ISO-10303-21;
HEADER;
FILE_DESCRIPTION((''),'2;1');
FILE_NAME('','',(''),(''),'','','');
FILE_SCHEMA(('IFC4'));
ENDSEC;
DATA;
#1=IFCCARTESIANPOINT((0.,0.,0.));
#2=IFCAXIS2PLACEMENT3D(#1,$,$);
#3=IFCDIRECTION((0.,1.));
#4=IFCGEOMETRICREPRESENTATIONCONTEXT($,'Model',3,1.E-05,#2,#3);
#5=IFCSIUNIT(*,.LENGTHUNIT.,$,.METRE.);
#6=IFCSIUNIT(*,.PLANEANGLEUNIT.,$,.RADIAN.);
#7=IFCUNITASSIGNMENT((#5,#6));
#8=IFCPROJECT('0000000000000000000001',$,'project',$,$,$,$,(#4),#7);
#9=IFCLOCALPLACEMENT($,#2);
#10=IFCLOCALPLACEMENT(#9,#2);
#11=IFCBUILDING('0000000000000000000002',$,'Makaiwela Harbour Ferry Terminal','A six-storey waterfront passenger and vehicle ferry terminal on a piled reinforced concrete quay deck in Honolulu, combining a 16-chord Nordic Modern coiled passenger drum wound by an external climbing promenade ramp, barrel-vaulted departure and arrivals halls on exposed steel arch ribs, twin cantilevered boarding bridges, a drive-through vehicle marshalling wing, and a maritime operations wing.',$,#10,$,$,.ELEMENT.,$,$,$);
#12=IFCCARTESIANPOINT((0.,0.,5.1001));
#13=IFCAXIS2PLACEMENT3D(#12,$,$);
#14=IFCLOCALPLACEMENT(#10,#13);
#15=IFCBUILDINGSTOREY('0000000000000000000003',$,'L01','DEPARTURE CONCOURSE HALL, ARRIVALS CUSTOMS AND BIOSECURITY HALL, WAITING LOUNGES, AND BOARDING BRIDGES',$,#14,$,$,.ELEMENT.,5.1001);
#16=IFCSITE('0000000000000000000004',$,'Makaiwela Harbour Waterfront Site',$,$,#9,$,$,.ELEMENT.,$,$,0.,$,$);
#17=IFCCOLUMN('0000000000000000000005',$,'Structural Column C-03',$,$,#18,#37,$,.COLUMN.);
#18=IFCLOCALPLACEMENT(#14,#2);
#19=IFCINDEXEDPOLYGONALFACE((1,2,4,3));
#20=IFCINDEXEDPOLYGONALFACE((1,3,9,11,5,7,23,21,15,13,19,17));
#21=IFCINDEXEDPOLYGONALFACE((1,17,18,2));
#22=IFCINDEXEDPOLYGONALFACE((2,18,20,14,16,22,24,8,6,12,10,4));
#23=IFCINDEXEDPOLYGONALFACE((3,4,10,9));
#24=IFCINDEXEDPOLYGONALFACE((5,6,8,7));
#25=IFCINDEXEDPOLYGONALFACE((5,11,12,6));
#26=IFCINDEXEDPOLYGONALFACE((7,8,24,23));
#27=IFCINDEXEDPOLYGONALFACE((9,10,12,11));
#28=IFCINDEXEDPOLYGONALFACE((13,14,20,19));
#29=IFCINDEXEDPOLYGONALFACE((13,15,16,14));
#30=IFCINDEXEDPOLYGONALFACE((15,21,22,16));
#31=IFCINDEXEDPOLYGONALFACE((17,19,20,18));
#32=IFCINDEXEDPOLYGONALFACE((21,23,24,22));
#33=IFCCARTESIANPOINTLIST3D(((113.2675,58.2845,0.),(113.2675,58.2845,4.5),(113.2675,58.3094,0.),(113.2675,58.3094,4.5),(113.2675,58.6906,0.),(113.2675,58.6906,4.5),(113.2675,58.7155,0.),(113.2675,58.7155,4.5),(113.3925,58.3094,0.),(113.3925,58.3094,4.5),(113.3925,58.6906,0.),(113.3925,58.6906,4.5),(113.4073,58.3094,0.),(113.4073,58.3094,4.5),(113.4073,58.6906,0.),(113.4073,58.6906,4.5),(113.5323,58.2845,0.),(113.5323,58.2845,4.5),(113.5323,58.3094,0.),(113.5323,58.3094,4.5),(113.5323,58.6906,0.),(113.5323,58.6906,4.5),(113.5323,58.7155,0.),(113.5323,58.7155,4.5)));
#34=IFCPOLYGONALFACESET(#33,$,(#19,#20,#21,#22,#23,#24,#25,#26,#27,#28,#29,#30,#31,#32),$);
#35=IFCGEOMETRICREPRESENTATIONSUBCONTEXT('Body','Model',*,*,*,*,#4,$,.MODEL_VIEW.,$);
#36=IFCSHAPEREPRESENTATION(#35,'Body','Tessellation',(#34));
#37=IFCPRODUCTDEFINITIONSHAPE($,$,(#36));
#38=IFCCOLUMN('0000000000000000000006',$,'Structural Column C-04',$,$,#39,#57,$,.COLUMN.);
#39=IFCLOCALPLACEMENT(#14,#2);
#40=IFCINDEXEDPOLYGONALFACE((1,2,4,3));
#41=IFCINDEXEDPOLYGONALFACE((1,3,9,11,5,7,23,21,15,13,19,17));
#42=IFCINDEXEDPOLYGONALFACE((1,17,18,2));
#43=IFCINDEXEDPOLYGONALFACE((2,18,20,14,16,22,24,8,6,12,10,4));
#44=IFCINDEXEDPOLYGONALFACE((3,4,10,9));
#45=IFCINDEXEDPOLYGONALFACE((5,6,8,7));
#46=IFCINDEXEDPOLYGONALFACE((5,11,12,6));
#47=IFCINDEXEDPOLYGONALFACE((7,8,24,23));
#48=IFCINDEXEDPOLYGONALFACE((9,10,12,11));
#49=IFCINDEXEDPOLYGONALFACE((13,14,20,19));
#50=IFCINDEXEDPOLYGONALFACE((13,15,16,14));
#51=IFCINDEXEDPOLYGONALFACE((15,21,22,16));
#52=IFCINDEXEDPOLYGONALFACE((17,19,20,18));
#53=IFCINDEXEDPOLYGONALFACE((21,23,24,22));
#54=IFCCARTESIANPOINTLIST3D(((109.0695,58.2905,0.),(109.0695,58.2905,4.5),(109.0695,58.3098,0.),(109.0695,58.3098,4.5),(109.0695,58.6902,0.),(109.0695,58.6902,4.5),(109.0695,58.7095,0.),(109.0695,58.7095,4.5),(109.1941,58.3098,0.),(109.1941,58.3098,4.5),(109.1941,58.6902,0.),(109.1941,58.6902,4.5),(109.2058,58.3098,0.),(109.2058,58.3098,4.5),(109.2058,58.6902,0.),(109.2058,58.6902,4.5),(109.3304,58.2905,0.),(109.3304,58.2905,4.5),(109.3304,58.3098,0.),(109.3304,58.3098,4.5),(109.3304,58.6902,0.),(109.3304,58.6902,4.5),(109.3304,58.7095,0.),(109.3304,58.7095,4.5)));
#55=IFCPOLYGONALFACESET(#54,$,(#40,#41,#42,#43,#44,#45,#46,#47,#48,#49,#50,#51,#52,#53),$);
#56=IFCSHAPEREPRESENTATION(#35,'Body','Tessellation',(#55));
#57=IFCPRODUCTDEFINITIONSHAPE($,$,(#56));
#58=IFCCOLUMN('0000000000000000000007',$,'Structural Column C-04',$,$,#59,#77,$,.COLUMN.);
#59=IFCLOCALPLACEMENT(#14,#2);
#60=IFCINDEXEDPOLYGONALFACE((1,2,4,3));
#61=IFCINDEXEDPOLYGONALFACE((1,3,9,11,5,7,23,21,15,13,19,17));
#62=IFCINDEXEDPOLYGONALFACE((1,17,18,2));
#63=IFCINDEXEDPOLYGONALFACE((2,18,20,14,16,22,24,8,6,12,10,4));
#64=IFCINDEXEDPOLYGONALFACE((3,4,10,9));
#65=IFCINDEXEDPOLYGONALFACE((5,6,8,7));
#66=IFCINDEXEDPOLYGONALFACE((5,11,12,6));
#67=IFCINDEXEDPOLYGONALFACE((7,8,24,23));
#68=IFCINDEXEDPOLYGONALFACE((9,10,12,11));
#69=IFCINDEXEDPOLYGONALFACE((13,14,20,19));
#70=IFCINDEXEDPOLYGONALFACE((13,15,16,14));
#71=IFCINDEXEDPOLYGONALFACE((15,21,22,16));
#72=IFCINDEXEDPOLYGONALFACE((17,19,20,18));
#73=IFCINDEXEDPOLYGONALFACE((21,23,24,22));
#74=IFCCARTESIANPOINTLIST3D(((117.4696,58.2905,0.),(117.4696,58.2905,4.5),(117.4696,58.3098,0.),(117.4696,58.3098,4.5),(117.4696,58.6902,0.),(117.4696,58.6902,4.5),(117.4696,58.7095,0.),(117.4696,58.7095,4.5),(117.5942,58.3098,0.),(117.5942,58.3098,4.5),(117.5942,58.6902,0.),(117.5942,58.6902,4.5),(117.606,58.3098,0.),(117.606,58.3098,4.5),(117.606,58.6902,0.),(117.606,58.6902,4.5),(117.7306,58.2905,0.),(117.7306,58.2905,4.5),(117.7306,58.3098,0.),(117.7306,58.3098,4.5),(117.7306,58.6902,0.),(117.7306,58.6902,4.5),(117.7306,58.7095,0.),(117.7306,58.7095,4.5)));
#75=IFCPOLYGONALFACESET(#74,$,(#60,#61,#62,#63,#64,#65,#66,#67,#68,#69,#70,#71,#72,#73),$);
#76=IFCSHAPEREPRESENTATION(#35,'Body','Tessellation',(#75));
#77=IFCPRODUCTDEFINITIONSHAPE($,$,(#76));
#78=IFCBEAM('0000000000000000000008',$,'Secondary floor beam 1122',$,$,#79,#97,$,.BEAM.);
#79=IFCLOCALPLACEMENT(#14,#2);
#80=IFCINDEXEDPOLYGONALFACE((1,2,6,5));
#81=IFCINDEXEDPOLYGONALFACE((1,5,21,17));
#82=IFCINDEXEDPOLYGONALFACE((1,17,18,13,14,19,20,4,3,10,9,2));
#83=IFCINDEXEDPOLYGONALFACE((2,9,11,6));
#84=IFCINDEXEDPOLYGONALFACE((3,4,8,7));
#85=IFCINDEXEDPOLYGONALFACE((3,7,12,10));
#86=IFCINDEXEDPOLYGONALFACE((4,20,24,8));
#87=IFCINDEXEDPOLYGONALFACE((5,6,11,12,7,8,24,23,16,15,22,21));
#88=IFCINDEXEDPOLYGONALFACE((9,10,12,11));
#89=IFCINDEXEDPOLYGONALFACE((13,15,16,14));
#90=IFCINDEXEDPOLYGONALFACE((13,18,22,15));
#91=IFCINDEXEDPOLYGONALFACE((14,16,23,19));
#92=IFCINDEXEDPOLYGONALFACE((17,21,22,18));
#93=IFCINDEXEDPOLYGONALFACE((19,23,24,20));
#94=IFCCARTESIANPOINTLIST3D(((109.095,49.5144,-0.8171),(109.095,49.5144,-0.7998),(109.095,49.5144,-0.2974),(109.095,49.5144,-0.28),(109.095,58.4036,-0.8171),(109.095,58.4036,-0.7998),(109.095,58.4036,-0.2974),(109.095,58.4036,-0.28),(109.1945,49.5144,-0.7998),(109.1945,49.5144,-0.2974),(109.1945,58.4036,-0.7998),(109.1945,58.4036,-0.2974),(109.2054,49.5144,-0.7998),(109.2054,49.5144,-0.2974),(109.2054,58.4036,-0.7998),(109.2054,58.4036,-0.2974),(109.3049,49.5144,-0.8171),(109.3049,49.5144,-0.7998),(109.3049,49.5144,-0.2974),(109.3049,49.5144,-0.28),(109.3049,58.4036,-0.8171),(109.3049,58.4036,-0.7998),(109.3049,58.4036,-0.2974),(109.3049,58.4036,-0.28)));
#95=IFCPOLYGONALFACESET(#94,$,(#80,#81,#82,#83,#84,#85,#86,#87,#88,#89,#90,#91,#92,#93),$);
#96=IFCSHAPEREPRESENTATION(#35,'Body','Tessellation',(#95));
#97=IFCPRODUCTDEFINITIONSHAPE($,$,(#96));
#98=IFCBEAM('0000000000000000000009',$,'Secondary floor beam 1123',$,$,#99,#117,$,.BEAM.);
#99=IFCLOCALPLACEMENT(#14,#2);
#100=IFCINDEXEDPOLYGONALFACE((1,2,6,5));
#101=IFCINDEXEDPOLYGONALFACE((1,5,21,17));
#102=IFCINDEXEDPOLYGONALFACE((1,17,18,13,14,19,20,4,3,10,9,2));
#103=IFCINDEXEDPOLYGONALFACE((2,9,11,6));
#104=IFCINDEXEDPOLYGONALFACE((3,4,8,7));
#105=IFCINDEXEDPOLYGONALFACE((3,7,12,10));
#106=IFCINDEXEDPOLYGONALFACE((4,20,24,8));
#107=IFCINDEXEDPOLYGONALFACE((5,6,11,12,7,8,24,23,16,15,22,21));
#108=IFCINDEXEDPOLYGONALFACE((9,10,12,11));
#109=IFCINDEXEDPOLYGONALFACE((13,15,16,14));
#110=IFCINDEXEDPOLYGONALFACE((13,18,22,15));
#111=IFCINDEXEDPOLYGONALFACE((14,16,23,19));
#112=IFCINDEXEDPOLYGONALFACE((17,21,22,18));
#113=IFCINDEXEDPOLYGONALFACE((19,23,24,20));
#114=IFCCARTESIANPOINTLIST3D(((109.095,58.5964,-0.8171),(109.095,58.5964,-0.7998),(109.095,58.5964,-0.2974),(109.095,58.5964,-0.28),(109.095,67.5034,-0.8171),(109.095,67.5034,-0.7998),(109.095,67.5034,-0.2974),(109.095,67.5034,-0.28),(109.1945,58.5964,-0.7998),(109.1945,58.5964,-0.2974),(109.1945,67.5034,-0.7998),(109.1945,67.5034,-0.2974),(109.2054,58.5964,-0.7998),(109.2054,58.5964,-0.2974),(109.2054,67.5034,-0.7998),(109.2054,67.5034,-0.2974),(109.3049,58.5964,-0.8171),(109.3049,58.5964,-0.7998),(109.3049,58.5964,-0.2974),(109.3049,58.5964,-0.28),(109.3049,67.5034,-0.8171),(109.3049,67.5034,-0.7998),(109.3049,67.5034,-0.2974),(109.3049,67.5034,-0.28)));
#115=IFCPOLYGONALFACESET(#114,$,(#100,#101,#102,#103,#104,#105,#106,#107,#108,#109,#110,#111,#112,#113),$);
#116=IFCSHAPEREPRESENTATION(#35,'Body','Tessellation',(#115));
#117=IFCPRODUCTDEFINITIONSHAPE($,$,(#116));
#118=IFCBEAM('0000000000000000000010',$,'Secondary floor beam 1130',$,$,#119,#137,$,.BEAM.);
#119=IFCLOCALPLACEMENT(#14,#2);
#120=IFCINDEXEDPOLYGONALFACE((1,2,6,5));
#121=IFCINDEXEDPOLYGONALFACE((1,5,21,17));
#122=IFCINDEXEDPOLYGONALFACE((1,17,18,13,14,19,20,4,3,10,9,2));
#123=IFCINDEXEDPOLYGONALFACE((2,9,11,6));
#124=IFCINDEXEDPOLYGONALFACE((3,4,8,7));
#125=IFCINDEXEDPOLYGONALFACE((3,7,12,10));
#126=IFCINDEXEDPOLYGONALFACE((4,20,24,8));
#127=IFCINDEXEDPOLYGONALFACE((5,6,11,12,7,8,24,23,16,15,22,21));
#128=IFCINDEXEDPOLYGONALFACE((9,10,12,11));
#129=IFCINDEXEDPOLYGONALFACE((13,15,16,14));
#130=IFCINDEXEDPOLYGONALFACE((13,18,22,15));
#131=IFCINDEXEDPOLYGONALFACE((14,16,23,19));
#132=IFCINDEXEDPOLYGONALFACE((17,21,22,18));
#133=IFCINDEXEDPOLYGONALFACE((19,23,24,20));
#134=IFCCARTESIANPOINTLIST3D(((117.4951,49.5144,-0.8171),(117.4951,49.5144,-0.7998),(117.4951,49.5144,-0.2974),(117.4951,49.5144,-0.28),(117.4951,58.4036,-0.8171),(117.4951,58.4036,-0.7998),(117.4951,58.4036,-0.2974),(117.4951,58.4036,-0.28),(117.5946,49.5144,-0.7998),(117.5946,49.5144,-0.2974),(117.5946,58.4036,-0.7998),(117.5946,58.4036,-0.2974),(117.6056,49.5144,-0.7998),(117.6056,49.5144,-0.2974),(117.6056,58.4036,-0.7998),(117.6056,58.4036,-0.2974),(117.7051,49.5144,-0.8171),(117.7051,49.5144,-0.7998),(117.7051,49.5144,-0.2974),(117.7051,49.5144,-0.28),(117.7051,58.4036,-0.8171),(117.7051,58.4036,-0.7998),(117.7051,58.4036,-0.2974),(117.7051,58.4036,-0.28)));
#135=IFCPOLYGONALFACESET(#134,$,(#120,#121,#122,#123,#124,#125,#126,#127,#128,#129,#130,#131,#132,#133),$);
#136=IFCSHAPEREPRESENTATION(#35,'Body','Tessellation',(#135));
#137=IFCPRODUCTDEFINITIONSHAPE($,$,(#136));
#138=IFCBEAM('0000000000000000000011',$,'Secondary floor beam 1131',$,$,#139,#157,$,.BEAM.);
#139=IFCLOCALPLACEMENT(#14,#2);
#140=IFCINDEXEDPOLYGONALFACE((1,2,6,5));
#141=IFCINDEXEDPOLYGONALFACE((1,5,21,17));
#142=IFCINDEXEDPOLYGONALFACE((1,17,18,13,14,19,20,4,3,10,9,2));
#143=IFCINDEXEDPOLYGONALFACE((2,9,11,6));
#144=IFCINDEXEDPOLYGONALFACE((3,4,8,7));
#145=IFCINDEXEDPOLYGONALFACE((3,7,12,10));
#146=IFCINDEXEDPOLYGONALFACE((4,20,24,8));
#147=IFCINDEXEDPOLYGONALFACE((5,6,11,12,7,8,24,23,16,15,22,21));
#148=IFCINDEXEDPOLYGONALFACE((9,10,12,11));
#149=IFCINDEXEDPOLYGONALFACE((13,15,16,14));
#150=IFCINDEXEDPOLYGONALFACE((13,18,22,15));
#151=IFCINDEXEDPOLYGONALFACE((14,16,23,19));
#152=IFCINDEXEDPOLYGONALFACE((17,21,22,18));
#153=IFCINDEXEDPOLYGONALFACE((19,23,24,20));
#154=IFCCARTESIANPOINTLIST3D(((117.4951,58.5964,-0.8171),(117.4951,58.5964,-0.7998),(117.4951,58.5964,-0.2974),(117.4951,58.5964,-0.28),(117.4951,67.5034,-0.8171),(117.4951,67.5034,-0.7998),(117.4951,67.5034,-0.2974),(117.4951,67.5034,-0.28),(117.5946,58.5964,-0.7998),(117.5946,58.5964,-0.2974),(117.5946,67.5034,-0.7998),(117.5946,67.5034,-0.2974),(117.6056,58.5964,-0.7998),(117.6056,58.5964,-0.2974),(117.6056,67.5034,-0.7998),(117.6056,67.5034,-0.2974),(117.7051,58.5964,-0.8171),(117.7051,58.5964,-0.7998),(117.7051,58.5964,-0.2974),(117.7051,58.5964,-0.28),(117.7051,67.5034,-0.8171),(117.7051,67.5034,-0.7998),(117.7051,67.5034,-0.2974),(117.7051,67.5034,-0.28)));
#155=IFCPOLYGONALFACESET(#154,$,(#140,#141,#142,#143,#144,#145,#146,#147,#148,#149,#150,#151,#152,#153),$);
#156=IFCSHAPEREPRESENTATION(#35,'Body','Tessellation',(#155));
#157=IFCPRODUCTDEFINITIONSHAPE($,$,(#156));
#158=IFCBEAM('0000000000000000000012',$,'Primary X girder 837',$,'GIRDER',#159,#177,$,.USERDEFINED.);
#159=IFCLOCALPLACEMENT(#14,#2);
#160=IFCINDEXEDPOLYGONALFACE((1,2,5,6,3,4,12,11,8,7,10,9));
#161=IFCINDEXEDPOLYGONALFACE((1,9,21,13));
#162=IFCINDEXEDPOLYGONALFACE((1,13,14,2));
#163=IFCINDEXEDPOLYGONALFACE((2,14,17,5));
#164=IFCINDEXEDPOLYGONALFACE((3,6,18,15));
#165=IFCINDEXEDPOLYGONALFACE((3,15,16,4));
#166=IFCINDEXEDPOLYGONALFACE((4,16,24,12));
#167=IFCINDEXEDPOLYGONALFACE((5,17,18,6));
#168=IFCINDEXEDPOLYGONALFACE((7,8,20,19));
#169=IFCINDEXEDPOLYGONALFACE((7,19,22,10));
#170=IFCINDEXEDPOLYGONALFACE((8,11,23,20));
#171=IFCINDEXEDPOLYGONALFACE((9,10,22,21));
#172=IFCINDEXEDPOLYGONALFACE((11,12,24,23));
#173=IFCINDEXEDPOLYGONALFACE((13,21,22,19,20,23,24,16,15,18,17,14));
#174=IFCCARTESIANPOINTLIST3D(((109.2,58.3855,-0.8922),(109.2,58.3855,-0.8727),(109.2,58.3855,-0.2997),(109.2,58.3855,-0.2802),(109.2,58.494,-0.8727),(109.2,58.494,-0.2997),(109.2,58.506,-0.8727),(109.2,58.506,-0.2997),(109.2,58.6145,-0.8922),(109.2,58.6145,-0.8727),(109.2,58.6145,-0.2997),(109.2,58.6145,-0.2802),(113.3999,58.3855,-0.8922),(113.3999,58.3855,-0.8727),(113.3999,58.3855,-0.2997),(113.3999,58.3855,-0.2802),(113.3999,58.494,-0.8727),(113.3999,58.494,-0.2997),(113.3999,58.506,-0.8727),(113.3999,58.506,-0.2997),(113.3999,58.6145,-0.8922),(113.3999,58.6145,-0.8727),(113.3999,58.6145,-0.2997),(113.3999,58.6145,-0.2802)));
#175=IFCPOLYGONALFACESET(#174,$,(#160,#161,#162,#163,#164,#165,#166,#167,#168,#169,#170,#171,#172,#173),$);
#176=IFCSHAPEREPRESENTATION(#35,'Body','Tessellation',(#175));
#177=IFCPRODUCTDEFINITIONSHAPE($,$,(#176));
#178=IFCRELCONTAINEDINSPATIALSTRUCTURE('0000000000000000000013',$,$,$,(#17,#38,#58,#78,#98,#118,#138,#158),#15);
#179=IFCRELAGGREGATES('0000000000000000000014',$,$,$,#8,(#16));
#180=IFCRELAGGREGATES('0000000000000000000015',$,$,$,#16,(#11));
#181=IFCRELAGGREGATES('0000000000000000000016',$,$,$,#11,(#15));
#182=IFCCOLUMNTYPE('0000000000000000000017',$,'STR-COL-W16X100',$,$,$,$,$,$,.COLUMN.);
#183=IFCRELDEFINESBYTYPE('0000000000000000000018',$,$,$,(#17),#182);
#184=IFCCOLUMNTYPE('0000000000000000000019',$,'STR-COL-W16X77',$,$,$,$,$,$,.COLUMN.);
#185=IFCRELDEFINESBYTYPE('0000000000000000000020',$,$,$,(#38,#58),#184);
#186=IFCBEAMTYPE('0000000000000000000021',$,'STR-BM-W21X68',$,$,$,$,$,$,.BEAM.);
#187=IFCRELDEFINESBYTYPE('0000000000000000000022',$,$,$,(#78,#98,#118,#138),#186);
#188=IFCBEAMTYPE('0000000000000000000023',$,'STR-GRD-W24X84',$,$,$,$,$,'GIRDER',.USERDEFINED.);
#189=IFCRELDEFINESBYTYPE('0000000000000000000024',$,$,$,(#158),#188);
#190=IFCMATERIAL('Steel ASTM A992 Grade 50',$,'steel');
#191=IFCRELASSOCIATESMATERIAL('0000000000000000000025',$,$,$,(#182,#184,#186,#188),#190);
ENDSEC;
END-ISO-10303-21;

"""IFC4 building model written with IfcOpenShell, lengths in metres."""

from ifc_helpers import new_model, si_unit, direction, frame, origin, origin_2d, place, context, subcontext, project, spatial, i_section, extrude, material, material_profile, profile_set, type_object, element, save


model = new_model("IFC4")

# Units and contexts
model_context = context("Model", 3, precision=1e-05, world=origin(), true_north=direction((0.0, 1.0)))
body_context = subcontext(model_context, "Body", "Model", "MODEL_VIEW")
ifc_project = project(units=[si_unit("LENGTHUNIT", "METRE"), si_unit("PLANEANGLEUNIT", "RADIAN")], contexts=[model_context])

# Site, building, storey
site_placement = place(None, origin())
site = spatial("IfcSite", under=ifc_project, at=site_placement, Name="Makaiwela Harbour Waterfront Site", CompositionType="ELEMENT", RefElevation=0.0)
building_placement = place(site_placement, origin())
building = spatial("IfcBuilding", under=site, at=building_placement, Name="Makaiwela Harbour Ferry Terminal", Description="A six-storey waterfront passenger and vehicle ferry terminal on a piled reinforced concrete quay deck in Honolulu, combining a 16-chord Nordic Modern coiled passenger drum wound by an external climbing promenade ramp, barrel-vaulted departure and arrivals halls on exposed steel arch ribs, twin cantilevered boarding bridges, a drive-through vehicle marshalling wing, and a maritime operations wing.", CompositionType="ELEMENT")
storey_placement = place(building_placement, frame((0.0, 0.0, 5.1001)))
storey = spatial("IfcBuildingStorey", under=building, at=storey_placement, Name="L01", Description="DEPARTURE CONCOURSE HALL, ARRIVALS CUSTOMS AND BIOSECURITY HALL, WAITING LOUNGES, AND BOARDING BRIDGES", CompositionType="ELEMENT", Elevation=5.1001)

# Columns
ifc_material_1 = material(Name="Steel ASTM A992 Grade 50", Category="steel")
ifc_material_profile_1 = material_profile(ifc_material_1, i_section(OverallWidth=0.2649, OverallDepth=0.4309, WebThickness=0.0149, FlangeThickness=0.0249, at=origin_2d()), Name="W16X100")
ifc_profile_set_1 = profile_set([ifc_material_profile_1], Name="Steel ASTM A992 Grade 50")
column_type_1 = type_object("IfcColumnType", Name="STR-COL-W16X100", PredefinedType="COLUMN", material=ifc_profile_set_1)
column_placement = place(storey_placement, frame((113.3999, 58.5, 0.0), z_axis=(0.0, 0.0, 1.0), x_axis=(1.0, 0.0, 0.0)))
element("IfcColumn", 1, at=column_placement, inside=storey, type_object=column_type_1, Name="Structural Column C-03", PredefinedType="COLUMN", context=body_context, shape_type="SweptSolid", body=[
    extrude(i_section(OverallWidth=0.2649, OverallDepth=0.4309, WebThickness=0.0149, FlangeThickness=0.0249, at=origin_2d()), origin(), (0.0, 0.0, 1.0), 4.5),
])
ifc_material_profile_2 = material_profile(ifc_material_1, i_section(OverallWidth=0.261, OverallDepth=0.4189, WebThickness=0.0117, FlangeThickness=0.0193, at=origin_2d()), Name="W16X77")
ifc_profile_set_2 = profile_set([ifc_material_profile_2], Name="Steel ASTM A992 Grade 50")
column_type_2 = type_object("IfcColumnType", Name="STR-COL-W16X77", PredefinedType="COLUMN", material=ifc_profile_set_2)
for number, where, z_axis, x_axis, name in (
    (2, (109.2, 58.5, 0.0), (0.0, 0.0, 1.0), (1.0, 0.0, 0.0), "Structural Column C-04"),
    (3, (117.6001, 58.5, 0.0), (0.0, 0.0, 1.0), (1.0, 0.0, 0.0), "Structural Column C-04"),
):
    element("IfcColumn", number, at=place(storey_placement, frame(where, z_axis=z_axis, x_axis=x_axis)), inside=storey, type_object=column_type_2, Name=name, PredefinedType="COLUMN", context=body_context, shape_type="SweptSolid", body=[
        extrude(i_section(OverallWidth=0.261, OverallDepth=0.4189, WebThickness=0.0117, FlangeThickness=0.0193, at=origin_2d()), origin(), (0.0, 0.0, 1.0), 4.5),
    ])

# Beams
ifc_material_profile_3 = material_profile(ifc_material_1, i_section(OverallWidth=0.21, OverallDepth=0.5371, WebThickness=0.011, FlangeThickness=0.0173, at=origin_2d()), Name="W21X68")
ifc_profile_set_3 = profile_set([ifc_material_profile_3], Name="Steel ASTM A992 Grade 50")
beam_type_1 = type_object("IfcBeamType", Name="STR-BM-W21X68", PredefinedType="BEAM", material=ifc_profile_set_3)
beam_1_placement = place(storey_placement, frame((109.2, 49.5144, -0.5486), z_axis=(0.0, 1.0, 0.0), x_axis=(-1.0, 0.0, 0.0)))
element("IfcBeam", 4, at=beam_1_placement, inside=storey, type_object=beam_type_1, Name="Secondary floor beam 1122", PredefinedType="BEAM", context=body_context, shape_type="SweptSolid", body=[
    extrude(i_section(OverallWidth=0.21, OverallDepth=0.5371, WebThickness=0.011, FlangeThickness=0.0173, at=origin_2d()), origin(), (0.0, 0.0, 1.0), 8.8892),
])
beam_2_placement = place(storey_placement, frame((109.2, 58.5964, -0.5486), z_axis=(0.0, 1.0, 0.0), x_axis=(-1.0, 0.0, 0.0)))
element("IfcBeam", 5, at=beam_2_placement, inside=storey, type_object=beam_type_1, Name="Secondary floor beam 1123", PredefinedType="BEAM", context=body_context, shape_type="SweptSolid", body=[
    extrude(i_section(OverallWidth=0.21, OverallDepth=0.5371, WebThickness=0.011, FlangeThickness=0.0173, at=origin_2d()), origin(), (0.0, 0.0, 1.0), 8.907),
])
beam_3_placement = place(storey_placement, frame((117.6001, 49.5144, -0.5486), z_axis=(0.0, 1.0, 0.0), x_axis=(-1.0, 0.0, 0.0)))
element("IfcBeam", 6, at=beam_3_placement, inside=storey, type_object=beam_type_1, Name="Secondary floor beam 1130", PredefinedType="BEAM", context=body_context, shape_type="SweptSolid", body=[
    extrude(i_section(OverallWidth=0.21, OverallDepth=0.5371, WebThickness=0.011, FlangeThickness=0.0173, at=origin_2d()), origin(), (0.0, 0.0, 1.0), 8.8892),
])
beam_4_placement = place(storey_placement, frame((117.6001, 58.5964, -0.5486), z_axis=(0.0, 1.0, 0.0), x_axis=(-1.0, 0.0, 0.0)))
element("IfcBeam", 7, at=beam_4_placement, inside=storey, type_object=beam_type_1, Name="Secondary floor beam 1131", PredefinedType="BEAM", context=body_context, shape_type="SweptSolid", body=[
    extrude(i_section(OverallWidth=0.21, OverallDepth=0.5371, WebThickness=0.011, FlangeThickness=0.0173, at=origin_2d()), origin(), (0.0, 0.0, 1.0), 8.907),
])
ifc_material_profile_4 = material_profile(ifc_material_1, i_section(OverallWidth=0.229, OverallDepth=0.6121, WebThickness=0.012, FlangeThickness=0.0195, at=origin_2d()), Name="W24X84")
ifc_profile_set_4 = profile_set([ifc_material_profile_4], Name="Steel ASTM A992 Grade 50")
beam_type_2 = type_object("IfcBeamType", Name="STR-GRD-W24X84", ElementType="GIRDER", PredefinedType="USERDEFINED", material=ifc_profile_set_4)
beam_5_placement = place(storey_placement, frame((109.2, 58.5, -0.5862), z_axis=(1.0, 0.0, 0.0), x_axis=(0.0, 1.0, 0.0)))
element("IfcBeam", 8, at=beam_5_placement, inside=storey, type_object=beam_type_2, Name="Primary X girder 837", ObjectType="GIRDER", PredefinedType="USERDEFINED", context=body_context, shape_type="SweptSolid", body=[
    extrude(i_section(OverallWidth=0.229, OverallDepth=0.6121, WebThickness=0.012, FlangeThickness=0.0195, at=origin_2d()), origin(), (0.0, 0.0, 1.0), 4.2),
])

save(model, "model.ifc")
